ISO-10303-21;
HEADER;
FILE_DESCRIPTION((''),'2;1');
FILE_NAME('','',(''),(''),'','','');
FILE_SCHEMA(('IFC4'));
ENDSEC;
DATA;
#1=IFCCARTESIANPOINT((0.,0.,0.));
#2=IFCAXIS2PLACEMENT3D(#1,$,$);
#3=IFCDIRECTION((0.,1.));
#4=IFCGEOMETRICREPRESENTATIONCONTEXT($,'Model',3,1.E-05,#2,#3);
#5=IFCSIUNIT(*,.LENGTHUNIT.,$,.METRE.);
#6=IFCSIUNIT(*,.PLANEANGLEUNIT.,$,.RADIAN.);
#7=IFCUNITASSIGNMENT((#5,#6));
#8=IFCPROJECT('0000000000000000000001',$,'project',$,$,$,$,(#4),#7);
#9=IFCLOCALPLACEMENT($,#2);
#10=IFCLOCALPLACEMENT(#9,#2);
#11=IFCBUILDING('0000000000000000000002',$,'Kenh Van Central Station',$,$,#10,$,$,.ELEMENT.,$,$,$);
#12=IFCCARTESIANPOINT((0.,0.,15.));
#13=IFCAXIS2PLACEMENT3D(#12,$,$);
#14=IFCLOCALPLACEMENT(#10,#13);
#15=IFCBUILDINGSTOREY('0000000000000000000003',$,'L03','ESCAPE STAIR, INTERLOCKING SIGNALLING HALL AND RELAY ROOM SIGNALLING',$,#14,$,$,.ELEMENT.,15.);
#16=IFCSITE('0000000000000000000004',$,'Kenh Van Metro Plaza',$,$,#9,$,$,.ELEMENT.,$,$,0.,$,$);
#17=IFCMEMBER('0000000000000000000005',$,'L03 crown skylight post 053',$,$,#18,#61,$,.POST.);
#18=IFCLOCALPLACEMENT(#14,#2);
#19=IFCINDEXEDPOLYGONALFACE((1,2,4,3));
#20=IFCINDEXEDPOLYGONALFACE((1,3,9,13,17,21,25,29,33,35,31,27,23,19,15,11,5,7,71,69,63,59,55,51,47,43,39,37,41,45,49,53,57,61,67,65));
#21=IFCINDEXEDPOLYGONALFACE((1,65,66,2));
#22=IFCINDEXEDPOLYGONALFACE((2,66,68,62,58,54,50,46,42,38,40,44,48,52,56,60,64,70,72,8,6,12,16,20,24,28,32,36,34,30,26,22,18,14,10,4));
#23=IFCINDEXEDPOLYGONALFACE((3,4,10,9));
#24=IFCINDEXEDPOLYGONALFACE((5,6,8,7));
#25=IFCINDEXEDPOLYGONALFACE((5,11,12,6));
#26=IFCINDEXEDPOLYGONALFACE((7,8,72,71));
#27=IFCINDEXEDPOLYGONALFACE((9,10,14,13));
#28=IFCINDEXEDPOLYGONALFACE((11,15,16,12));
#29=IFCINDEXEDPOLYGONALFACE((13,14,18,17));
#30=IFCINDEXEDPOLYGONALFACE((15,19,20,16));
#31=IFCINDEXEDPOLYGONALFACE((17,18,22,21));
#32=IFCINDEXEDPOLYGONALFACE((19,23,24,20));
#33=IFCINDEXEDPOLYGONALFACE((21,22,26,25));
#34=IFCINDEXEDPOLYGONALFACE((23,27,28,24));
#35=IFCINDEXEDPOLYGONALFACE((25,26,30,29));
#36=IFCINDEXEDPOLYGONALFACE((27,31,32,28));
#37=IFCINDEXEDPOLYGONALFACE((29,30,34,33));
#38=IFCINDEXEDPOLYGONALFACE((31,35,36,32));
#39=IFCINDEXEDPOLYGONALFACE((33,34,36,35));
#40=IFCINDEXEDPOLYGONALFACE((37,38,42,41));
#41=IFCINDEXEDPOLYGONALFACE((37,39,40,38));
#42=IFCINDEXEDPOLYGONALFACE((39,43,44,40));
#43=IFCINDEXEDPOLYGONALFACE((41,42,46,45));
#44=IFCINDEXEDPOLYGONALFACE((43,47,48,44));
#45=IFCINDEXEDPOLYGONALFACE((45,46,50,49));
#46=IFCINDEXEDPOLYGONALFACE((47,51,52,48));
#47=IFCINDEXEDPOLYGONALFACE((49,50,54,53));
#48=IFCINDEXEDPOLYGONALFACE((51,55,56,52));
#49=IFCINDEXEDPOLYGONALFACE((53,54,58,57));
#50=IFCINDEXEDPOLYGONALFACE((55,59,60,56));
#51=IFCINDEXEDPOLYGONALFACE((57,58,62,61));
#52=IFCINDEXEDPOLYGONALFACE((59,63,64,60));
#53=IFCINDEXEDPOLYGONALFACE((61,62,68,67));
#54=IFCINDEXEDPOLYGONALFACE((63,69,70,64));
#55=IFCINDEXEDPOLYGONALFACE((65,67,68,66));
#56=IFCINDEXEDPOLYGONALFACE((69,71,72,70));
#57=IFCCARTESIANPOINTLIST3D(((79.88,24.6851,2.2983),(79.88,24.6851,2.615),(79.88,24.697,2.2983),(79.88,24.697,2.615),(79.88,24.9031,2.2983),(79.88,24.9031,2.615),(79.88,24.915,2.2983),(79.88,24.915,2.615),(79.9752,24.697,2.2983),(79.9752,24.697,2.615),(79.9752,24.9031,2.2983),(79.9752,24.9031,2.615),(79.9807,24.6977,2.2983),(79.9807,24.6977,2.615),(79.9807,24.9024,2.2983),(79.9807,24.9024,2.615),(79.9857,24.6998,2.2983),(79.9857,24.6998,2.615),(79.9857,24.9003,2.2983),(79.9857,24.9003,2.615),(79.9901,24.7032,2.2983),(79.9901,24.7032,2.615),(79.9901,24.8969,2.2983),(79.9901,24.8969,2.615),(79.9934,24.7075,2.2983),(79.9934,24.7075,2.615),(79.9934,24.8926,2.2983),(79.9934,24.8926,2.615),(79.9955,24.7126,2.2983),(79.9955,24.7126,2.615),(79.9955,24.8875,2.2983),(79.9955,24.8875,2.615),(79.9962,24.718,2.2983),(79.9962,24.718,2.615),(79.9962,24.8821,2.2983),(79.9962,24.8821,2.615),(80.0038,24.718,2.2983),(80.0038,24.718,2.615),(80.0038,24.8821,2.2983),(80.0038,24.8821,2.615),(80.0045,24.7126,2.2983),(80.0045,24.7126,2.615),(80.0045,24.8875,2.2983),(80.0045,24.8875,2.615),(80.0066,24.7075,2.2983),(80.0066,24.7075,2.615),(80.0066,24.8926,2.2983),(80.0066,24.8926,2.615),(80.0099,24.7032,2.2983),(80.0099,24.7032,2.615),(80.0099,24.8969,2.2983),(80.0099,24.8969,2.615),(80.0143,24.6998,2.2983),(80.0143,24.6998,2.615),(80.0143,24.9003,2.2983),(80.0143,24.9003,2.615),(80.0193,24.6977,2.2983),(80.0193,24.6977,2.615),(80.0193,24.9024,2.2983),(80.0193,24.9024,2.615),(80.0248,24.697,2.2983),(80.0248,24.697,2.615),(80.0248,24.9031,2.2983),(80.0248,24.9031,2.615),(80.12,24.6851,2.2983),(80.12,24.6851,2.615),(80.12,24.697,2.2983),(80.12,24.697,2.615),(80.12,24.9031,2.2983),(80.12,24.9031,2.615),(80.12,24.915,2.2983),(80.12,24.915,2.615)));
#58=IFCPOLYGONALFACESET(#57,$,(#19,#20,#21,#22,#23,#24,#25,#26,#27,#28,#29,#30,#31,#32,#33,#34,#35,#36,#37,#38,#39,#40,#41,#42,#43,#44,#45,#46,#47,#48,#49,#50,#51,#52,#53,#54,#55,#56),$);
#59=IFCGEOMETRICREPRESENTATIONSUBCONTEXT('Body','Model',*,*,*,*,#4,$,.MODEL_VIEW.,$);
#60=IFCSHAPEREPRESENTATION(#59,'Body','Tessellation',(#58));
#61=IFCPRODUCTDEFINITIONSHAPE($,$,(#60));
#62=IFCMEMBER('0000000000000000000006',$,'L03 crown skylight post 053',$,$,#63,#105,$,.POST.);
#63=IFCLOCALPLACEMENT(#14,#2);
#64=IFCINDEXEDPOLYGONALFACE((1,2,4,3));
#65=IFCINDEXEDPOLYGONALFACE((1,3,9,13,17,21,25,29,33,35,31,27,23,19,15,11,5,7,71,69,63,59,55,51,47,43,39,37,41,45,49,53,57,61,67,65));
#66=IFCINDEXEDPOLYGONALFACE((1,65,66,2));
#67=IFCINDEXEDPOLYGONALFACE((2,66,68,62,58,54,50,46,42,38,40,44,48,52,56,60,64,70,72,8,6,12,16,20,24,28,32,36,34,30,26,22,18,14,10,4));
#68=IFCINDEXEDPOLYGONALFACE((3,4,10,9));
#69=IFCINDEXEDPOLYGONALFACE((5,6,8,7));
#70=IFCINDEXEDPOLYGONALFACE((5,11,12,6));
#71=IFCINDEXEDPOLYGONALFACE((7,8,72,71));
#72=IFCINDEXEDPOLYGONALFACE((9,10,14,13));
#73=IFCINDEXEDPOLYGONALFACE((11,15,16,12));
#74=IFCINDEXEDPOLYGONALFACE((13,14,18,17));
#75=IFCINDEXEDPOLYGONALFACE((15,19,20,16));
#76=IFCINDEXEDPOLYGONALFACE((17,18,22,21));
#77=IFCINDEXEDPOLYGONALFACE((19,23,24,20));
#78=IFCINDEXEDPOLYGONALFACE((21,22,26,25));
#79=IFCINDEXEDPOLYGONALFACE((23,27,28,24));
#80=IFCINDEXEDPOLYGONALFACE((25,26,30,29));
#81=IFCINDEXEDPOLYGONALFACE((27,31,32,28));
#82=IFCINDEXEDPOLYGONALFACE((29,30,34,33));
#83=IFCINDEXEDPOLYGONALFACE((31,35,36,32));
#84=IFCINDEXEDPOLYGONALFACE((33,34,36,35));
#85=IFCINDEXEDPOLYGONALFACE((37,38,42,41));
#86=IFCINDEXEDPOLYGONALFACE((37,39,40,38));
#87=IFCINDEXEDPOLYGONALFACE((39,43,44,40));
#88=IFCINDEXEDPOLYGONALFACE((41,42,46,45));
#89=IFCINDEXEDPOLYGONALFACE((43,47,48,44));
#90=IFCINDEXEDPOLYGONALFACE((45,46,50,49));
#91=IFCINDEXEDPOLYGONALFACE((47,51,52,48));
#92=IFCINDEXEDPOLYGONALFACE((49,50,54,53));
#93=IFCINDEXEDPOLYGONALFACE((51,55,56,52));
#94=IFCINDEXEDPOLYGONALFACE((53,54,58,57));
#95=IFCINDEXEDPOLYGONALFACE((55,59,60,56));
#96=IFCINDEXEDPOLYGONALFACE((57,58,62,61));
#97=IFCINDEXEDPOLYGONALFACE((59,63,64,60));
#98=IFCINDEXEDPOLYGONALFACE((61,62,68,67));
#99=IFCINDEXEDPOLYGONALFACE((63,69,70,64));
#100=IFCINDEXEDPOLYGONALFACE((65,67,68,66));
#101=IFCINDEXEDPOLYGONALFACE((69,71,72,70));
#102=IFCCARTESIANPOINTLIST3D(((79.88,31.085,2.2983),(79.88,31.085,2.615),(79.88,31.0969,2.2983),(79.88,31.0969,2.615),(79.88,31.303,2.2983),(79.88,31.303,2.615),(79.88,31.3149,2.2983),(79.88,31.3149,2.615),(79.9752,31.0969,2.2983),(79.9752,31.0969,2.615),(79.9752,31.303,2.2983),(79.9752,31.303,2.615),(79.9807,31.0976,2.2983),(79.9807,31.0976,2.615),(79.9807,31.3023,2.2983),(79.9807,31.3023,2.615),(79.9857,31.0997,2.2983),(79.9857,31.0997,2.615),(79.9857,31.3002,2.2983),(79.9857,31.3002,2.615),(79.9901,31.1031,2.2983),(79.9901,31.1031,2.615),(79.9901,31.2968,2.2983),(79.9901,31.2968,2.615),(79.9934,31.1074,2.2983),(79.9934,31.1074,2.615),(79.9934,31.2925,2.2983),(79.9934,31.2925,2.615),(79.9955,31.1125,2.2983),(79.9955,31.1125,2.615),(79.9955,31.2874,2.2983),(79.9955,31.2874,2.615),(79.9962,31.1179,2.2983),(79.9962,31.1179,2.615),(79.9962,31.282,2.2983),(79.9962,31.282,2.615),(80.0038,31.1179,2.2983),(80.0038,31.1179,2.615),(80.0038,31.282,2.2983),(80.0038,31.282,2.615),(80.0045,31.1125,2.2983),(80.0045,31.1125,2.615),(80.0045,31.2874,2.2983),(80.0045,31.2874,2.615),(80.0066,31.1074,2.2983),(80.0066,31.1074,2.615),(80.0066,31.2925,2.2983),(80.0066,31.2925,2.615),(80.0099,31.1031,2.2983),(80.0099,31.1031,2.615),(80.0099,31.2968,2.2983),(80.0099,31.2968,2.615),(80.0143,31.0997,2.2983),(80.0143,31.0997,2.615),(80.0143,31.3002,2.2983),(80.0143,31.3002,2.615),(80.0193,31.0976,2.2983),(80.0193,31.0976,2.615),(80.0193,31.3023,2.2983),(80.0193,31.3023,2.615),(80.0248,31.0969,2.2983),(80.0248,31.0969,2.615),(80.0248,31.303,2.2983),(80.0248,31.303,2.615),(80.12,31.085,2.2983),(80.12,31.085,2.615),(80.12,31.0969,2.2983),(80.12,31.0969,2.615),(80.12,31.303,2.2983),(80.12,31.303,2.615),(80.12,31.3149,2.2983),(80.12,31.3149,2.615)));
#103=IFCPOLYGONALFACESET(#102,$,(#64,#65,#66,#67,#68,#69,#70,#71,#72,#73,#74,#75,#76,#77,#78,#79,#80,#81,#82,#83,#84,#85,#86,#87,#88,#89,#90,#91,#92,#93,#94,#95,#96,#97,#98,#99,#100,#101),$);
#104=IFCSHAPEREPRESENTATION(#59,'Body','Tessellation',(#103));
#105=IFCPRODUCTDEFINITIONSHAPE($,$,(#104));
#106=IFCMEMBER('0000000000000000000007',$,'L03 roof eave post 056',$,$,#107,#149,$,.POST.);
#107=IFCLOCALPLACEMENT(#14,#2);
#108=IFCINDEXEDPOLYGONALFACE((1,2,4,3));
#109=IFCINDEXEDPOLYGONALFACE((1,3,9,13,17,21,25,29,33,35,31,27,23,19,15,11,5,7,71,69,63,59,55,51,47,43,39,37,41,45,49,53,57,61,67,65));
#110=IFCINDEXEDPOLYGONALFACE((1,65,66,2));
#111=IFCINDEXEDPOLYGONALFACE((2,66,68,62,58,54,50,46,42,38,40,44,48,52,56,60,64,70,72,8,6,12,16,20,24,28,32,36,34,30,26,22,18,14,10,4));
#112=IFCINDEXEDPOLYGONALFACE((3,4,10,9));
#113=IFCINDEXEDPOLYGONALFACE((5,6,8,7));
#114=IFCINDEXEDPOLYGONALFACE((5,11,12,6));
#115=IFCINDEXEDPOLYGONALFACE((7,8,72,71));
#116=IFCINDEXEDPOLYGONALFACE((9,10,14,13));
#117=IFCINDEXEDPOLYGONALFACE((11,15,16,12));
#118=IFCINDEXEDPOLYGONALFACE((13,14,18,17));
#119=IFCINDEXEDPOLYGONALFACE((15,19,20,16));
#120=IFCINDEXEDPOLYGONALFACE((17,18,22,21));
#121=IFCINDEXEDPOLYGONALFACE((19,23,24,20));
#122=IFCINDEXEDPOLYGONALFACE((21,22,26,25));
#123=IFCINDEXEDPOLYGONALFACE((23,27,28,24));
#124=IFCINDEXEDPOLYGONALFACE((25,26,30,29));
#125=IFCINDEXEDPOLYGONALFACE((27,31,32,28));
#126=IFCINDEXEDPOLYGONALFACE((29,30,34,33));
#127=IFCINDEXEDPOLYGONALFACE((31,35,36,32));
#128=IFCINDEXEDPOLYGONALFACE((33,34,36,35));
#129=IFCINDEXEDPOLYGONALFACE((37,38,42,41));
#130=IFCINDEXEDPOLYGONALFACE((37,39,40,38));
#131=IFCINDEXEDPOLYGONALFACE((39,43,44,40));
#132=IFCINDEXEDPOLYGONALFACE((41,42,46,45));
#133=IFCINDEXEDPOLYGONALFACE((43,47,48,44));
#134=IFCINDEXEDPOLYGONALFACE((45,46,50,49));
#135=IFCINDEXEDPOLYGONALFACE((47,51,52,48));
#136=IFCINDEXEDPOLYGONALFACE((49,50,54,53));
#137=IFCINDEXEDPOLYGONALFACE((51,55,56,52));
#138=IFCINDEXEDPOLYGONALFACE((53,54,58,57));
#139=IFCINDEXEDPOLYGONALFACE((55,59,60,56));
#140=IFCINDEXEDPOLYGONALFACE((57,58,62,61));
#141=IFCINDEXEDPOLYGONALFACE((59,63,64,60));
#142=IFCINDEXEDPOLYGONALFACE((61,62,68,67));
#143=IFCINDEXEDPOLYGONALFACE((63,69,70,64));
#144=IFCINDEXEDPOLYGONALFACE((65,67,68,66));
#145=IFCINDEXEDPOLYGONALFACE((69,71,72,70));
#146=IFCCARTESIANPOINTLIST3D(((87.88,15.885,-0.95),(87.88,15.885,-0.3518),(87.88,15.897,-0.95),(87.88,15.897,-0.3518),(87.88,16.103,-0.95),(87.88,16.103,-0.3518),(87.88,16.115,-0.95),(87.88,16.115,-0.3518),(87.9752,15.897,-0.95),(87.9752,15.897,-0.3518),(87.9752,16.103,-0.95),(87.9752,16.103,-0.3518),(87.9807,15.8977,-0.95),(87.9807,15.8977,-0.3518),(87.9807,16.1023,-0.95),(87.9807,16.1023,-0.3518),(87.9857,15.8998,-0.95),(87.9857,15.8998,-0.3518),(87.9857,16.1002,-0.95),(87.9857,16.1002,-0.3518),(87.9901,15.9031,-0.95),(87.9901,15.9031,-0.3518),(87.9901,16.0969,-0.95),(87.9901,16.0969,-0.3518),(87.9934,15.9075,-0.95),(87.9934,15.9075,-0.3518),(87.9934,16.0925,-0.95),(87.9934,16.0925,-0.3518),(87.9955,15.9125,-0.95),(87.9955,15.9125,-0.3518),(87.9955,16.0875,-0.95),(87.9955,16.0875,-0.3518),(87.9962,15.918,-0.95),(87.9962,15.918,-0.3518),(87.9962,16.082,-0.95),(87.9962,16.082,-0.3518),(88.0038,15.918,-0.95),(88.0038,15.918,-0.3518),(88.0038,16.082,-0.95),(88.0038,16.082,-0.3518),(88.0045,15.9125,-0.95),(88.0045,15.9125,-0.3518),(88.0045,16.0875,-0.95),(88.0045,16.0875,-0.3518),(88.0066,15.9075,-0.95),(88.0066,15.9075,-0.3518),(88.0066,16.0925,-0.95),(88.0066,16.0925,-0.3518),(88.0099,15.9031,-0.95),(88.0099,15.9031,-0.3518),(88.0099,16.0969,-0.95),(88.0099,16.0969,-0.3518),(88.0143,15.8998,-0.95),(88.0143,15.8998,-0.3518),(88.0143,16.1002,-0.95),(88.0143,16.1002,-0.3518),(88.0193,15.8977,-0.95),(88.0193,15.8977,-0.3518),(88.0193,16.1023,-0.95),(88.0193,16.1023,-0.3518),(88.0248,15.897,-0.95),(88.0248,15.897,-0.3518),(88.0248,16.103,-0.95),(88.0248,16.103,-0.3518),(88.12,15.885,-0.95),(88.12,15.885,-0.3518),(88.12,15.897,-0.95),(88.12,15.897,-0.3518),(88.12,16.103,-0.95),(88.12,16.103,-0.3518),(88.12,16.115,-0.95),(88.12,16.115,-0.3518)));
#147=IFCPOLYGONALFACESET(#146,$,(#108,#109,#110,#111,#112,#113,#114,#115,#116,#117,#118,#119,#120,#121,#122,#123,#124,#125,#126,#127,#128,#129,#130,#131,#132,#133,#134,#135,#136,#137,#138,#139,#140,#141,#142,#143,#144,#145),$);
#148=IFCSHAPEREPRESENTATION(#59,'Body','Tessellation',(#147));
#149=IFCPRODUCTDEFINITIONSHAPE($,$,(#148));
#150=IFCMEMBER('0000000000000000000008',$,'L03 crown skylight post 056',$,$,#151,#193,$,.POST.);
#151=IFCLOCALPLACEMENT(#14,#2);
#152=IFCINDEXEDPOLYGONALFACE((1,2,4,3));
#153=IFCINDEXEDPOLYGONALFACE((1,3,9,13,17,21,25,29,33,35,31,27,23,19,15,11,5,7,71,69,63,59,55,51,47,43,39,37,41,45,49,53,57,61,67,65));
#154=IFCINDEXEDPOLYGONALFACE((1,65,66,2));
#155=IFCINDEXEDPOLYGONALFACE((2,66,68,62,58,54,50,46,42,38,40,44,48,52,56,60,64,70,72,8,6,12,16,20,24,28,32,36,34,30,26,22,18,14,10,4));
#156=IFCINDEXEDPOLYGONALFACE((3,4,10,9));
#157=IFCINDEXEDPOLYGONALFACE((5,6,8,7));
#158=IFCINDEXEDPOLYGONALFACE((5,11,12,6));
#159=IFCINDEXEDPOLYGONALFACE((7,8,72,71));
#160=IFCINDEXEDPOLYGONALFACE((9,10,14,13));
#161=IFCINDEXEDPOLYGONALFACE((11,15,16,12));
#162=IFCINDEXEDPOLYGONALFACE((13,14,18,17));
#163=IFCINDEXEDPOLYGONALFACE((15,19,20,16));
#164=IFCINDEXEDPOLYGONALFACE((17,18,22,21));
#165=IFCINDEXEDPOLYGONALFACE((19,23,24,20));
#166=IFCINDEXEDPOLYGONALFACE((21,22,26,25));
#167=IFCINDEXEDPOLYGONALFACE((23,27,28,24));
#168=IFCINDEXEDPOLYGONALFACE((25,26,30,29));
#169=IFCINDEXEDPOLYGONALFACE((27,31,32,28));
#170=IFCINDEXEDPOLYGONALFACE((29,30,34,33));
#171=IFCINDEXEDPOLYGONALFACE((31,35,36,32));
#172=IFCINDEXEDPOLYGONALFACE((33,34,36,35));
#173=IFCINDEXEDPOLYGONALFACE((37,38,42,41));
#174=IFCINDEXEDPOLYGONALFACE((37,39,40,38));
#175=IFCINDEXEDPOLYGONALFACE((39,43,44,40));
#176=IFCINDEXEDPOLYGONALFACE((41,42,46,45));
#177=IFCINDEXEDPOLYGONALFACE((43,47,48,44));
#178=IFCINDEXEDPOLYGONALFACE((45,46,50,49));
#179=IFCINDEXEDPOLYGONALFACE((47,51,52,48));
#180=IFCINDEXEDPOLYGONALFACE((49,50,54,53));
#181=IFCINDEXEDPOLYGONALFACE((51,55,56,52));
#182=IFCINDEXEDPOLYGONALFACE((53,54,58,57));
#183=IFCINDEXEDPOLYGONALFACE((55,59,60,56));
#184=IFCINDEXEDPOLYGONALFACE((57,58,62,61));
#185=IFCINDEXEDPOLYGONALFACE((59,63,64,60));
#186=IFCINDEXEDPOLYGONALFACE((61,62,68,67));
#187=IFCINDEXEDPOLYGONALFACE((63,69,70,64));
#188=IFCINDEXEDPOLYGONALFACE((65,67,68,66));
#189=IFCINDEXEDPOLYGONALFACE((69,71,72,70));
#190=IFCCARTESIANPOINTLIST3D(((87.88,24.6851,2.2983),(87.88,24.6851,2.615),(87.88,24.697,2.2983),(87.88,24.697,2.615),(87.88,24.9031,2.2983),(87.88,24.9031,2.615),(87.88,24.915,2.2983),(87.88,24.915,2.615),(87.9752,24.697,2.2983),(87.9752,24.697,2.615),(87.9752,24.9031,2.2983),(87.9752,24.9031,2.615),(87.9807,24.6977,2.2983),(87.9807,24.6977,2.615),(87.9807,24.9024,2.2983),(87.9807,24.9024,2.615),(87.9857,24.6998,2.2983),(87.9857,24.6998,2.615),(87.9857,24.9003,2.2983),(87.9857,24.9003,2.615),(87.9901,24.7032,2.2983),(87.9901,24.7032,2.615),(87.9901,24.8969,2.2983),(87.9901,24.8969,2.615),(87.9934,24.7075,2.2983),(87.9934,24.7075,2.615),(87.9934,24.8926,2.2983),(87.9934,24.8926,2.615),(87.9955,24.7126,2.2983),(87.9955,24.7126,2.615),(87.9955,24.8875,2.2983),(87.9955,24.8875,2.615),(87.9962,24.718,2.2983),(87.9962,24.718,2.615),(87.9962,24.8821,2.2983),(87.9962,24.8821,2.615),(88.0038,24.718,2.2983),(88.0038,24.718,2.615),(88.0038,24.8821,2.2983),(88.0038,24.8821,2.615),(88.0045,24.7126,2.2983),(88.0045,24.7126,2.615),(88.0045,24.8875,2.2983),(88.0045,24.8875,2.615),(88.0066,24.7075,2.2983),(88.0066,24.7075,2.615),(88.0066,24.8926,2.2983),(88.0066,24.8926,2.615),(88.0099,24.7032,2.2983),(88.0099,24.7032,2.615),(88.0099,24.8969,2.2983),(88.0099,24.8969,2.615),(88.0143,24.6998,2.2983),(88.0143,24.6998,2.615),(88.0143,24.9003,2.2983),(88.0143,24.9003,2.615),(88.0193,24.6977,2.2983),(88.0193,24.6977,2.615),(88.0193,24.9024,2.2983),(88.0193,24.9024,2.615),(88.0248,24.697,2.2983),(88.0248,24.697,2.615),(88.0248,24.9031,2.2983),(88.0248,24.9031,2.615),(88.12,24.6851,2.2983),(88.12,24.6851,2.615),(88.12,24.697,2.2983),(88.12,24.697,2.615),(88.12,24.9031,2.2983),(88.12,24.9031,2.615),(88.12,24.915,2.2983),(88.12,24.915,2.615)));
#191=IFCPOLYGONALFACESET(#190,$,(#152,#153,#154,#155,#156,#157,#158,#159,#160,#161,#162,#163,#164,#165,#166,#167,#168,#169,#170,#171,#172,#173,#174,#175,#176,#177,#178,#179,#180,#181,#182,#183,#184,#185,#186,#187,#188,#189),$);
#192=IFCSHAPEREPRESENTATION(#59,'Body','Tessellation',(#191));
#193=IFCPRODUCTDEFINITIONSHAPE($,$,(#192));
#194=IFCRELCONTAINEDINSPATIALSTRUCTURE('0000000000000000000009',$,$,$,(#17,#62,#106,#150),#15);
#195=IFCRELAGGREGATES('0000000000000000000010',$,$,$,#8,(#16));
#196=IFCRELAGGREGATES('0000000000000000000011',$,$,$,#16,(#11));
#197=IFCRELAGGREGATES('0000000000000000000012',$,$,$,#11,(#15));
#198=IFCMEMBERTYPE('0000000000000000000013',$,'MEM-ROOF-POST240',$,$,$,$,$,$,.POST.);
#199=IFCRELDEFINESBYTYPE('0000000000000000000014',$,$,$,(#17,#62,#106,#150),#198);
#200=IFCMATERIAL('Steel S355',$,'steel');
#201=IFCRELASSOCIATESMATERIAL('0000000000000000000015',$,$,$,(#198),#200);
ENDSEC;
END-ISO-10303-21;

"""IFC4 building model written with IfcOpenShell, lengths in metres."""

from ifc_helpers import new_model, si_unit, direction, frame, origin, origin_2d, place, context, subcontext, project, spatial, i_section, extrude, material, material_profile, profile_set, type_object, element, save


model = new_model("IFC4")

# Units and contexts
model_context = context("Model", 3, precision=1e-05, world=origin(), true_north=direction((0.0, 1.0)))
body_context = subcontext(model_context, "Body", "Model", "MODEL_VIEW")
ifc_project = project(units=[si_unit("LENGTHUNIT", "METRE"), si_unit("PLANEANGLEUNIT", "RADIAN")], contexts=[model_context])

# Site, building, storey
site_placement = place(None, origin())
site = spatial("IfcSite", under=ifc_project, at=site_placement, Name="Kenh Van Metro Plaza", CompositionType="ELEMENT", RefElevation=0.0)
building_placement = place(site_placement, origin())
building = spatial("IfcBuilding", under=site, at=building_placement, Name="Kenh Van Central Station", CompositionType="ELEMENT")
storey_placement = place(building_placement, frame((0.0, 0.0, 15.0)))
storey = spatial("IfcBuildingStorey", under=building, at=storey_placement, Name="L03", Description="ESCAPE STAIR, INTERLOCKING SIGNALLING HALL AND RELAY ROOM SIGNALLING", CompositionType="ELEMENT", Elevation=15.0)

# Shared definitions
ifc_material_1 = material(Name="Steel S355", Category="steel")

# Members
ifc_material_profile_1 = material_profile(ifc_material_1, i_section(OverallWidth=0.24, OverallDepth=0.23, WebThickness=0.0076, FlangeThickness=0.012, FilletRadius=0.021, at=origin_2d()), Name="HEA 240")
ifc_profile_set_1 = profile_set([ifc_material_profile_1], Name="Steel S355")
member_type_1 = type_object("IfcMemberType", Name="MEM-ROOF-POST240", PredefinedType="POST", material=ifc_profile_set_1)
for number, where, z_axis, x_axis, name in (
    (1, (80.0, 24.8, 2.2983), (0.0, 0.0, 1.0), (1.0, 0.0, 0.0), "L03 crown skylight post 053"),
    (2, (80.0, 31.2, 2.2983), (0.0, 0.0, 1.0), (1.0, 0.0, 0.0), "L03 crown skylight post 053"),
):
    element("IfcMember", number, at=place(storey_placement, frame(where, z_axis=z_axis, x_axis=x_axis)), inside=storey, type_object=member_type_1, Name=name, PredefinedType="POST", context=body_context, shape_type="SweptSolid", body=[
        extrude(i_section(OverallWidth=0.24, OverallDepth=0.23, WebThickness=0.0076, FlangeThickness=0.012, FilletRadius=0.021, at=origin_2d()), origin(), (0.0, 0.0, 1.0), 0.3167),
    ])
member_1_placement = place(storey_placement, frame((88.0, 16.0, -0.95), z_axis=(0.0, 0.0, 1.0), x_axis=(1.0, 0.0, 0.0)))
element("IfcMember", 3, at=member_1_placement, inside=storey, type_object=member_type_1, Name="L03 roof eave post 056", PredefinedType="POST", context=body_context, shape_type="SweptSolid", body=[
    extrude(i_section(OverallWidth=0.24, OverallDepth=0.23, WebThickness=0.0076, FlangeThickness=0.012, FilletRadius=0.021, at=origin_2d()), origin(), (0.0, 0.0, 1.0), 0.5981),
])
for number, where, z_axis, x_axis, name in (
    (4, (88.0, 24.8, 2.2983), (0.0, 0.0, 1.0), (1.0, 0.0, 0.0), "L03 crown skylight post 056"),
):
    element("IfcMember", number, at=place(storey_placement, frame(where, z_axis=z_axis, x_axis=x_axis)), inside=storey, type_object=member_type_1, Name=name, PredefinedType="POST", context=body_context, shape_type="SweptSolid", body=[
        extrude(i_section(OverallWidth=0.24, OverallDepth=0.23, WebThickness=0.0076, FlangeThickness=0.012, FilletRadius=0.021, at=origin_2d()), origin(), (0.0, 0.0, 1.0), 0.3167),
    ])

save(model, "model.ifc")
